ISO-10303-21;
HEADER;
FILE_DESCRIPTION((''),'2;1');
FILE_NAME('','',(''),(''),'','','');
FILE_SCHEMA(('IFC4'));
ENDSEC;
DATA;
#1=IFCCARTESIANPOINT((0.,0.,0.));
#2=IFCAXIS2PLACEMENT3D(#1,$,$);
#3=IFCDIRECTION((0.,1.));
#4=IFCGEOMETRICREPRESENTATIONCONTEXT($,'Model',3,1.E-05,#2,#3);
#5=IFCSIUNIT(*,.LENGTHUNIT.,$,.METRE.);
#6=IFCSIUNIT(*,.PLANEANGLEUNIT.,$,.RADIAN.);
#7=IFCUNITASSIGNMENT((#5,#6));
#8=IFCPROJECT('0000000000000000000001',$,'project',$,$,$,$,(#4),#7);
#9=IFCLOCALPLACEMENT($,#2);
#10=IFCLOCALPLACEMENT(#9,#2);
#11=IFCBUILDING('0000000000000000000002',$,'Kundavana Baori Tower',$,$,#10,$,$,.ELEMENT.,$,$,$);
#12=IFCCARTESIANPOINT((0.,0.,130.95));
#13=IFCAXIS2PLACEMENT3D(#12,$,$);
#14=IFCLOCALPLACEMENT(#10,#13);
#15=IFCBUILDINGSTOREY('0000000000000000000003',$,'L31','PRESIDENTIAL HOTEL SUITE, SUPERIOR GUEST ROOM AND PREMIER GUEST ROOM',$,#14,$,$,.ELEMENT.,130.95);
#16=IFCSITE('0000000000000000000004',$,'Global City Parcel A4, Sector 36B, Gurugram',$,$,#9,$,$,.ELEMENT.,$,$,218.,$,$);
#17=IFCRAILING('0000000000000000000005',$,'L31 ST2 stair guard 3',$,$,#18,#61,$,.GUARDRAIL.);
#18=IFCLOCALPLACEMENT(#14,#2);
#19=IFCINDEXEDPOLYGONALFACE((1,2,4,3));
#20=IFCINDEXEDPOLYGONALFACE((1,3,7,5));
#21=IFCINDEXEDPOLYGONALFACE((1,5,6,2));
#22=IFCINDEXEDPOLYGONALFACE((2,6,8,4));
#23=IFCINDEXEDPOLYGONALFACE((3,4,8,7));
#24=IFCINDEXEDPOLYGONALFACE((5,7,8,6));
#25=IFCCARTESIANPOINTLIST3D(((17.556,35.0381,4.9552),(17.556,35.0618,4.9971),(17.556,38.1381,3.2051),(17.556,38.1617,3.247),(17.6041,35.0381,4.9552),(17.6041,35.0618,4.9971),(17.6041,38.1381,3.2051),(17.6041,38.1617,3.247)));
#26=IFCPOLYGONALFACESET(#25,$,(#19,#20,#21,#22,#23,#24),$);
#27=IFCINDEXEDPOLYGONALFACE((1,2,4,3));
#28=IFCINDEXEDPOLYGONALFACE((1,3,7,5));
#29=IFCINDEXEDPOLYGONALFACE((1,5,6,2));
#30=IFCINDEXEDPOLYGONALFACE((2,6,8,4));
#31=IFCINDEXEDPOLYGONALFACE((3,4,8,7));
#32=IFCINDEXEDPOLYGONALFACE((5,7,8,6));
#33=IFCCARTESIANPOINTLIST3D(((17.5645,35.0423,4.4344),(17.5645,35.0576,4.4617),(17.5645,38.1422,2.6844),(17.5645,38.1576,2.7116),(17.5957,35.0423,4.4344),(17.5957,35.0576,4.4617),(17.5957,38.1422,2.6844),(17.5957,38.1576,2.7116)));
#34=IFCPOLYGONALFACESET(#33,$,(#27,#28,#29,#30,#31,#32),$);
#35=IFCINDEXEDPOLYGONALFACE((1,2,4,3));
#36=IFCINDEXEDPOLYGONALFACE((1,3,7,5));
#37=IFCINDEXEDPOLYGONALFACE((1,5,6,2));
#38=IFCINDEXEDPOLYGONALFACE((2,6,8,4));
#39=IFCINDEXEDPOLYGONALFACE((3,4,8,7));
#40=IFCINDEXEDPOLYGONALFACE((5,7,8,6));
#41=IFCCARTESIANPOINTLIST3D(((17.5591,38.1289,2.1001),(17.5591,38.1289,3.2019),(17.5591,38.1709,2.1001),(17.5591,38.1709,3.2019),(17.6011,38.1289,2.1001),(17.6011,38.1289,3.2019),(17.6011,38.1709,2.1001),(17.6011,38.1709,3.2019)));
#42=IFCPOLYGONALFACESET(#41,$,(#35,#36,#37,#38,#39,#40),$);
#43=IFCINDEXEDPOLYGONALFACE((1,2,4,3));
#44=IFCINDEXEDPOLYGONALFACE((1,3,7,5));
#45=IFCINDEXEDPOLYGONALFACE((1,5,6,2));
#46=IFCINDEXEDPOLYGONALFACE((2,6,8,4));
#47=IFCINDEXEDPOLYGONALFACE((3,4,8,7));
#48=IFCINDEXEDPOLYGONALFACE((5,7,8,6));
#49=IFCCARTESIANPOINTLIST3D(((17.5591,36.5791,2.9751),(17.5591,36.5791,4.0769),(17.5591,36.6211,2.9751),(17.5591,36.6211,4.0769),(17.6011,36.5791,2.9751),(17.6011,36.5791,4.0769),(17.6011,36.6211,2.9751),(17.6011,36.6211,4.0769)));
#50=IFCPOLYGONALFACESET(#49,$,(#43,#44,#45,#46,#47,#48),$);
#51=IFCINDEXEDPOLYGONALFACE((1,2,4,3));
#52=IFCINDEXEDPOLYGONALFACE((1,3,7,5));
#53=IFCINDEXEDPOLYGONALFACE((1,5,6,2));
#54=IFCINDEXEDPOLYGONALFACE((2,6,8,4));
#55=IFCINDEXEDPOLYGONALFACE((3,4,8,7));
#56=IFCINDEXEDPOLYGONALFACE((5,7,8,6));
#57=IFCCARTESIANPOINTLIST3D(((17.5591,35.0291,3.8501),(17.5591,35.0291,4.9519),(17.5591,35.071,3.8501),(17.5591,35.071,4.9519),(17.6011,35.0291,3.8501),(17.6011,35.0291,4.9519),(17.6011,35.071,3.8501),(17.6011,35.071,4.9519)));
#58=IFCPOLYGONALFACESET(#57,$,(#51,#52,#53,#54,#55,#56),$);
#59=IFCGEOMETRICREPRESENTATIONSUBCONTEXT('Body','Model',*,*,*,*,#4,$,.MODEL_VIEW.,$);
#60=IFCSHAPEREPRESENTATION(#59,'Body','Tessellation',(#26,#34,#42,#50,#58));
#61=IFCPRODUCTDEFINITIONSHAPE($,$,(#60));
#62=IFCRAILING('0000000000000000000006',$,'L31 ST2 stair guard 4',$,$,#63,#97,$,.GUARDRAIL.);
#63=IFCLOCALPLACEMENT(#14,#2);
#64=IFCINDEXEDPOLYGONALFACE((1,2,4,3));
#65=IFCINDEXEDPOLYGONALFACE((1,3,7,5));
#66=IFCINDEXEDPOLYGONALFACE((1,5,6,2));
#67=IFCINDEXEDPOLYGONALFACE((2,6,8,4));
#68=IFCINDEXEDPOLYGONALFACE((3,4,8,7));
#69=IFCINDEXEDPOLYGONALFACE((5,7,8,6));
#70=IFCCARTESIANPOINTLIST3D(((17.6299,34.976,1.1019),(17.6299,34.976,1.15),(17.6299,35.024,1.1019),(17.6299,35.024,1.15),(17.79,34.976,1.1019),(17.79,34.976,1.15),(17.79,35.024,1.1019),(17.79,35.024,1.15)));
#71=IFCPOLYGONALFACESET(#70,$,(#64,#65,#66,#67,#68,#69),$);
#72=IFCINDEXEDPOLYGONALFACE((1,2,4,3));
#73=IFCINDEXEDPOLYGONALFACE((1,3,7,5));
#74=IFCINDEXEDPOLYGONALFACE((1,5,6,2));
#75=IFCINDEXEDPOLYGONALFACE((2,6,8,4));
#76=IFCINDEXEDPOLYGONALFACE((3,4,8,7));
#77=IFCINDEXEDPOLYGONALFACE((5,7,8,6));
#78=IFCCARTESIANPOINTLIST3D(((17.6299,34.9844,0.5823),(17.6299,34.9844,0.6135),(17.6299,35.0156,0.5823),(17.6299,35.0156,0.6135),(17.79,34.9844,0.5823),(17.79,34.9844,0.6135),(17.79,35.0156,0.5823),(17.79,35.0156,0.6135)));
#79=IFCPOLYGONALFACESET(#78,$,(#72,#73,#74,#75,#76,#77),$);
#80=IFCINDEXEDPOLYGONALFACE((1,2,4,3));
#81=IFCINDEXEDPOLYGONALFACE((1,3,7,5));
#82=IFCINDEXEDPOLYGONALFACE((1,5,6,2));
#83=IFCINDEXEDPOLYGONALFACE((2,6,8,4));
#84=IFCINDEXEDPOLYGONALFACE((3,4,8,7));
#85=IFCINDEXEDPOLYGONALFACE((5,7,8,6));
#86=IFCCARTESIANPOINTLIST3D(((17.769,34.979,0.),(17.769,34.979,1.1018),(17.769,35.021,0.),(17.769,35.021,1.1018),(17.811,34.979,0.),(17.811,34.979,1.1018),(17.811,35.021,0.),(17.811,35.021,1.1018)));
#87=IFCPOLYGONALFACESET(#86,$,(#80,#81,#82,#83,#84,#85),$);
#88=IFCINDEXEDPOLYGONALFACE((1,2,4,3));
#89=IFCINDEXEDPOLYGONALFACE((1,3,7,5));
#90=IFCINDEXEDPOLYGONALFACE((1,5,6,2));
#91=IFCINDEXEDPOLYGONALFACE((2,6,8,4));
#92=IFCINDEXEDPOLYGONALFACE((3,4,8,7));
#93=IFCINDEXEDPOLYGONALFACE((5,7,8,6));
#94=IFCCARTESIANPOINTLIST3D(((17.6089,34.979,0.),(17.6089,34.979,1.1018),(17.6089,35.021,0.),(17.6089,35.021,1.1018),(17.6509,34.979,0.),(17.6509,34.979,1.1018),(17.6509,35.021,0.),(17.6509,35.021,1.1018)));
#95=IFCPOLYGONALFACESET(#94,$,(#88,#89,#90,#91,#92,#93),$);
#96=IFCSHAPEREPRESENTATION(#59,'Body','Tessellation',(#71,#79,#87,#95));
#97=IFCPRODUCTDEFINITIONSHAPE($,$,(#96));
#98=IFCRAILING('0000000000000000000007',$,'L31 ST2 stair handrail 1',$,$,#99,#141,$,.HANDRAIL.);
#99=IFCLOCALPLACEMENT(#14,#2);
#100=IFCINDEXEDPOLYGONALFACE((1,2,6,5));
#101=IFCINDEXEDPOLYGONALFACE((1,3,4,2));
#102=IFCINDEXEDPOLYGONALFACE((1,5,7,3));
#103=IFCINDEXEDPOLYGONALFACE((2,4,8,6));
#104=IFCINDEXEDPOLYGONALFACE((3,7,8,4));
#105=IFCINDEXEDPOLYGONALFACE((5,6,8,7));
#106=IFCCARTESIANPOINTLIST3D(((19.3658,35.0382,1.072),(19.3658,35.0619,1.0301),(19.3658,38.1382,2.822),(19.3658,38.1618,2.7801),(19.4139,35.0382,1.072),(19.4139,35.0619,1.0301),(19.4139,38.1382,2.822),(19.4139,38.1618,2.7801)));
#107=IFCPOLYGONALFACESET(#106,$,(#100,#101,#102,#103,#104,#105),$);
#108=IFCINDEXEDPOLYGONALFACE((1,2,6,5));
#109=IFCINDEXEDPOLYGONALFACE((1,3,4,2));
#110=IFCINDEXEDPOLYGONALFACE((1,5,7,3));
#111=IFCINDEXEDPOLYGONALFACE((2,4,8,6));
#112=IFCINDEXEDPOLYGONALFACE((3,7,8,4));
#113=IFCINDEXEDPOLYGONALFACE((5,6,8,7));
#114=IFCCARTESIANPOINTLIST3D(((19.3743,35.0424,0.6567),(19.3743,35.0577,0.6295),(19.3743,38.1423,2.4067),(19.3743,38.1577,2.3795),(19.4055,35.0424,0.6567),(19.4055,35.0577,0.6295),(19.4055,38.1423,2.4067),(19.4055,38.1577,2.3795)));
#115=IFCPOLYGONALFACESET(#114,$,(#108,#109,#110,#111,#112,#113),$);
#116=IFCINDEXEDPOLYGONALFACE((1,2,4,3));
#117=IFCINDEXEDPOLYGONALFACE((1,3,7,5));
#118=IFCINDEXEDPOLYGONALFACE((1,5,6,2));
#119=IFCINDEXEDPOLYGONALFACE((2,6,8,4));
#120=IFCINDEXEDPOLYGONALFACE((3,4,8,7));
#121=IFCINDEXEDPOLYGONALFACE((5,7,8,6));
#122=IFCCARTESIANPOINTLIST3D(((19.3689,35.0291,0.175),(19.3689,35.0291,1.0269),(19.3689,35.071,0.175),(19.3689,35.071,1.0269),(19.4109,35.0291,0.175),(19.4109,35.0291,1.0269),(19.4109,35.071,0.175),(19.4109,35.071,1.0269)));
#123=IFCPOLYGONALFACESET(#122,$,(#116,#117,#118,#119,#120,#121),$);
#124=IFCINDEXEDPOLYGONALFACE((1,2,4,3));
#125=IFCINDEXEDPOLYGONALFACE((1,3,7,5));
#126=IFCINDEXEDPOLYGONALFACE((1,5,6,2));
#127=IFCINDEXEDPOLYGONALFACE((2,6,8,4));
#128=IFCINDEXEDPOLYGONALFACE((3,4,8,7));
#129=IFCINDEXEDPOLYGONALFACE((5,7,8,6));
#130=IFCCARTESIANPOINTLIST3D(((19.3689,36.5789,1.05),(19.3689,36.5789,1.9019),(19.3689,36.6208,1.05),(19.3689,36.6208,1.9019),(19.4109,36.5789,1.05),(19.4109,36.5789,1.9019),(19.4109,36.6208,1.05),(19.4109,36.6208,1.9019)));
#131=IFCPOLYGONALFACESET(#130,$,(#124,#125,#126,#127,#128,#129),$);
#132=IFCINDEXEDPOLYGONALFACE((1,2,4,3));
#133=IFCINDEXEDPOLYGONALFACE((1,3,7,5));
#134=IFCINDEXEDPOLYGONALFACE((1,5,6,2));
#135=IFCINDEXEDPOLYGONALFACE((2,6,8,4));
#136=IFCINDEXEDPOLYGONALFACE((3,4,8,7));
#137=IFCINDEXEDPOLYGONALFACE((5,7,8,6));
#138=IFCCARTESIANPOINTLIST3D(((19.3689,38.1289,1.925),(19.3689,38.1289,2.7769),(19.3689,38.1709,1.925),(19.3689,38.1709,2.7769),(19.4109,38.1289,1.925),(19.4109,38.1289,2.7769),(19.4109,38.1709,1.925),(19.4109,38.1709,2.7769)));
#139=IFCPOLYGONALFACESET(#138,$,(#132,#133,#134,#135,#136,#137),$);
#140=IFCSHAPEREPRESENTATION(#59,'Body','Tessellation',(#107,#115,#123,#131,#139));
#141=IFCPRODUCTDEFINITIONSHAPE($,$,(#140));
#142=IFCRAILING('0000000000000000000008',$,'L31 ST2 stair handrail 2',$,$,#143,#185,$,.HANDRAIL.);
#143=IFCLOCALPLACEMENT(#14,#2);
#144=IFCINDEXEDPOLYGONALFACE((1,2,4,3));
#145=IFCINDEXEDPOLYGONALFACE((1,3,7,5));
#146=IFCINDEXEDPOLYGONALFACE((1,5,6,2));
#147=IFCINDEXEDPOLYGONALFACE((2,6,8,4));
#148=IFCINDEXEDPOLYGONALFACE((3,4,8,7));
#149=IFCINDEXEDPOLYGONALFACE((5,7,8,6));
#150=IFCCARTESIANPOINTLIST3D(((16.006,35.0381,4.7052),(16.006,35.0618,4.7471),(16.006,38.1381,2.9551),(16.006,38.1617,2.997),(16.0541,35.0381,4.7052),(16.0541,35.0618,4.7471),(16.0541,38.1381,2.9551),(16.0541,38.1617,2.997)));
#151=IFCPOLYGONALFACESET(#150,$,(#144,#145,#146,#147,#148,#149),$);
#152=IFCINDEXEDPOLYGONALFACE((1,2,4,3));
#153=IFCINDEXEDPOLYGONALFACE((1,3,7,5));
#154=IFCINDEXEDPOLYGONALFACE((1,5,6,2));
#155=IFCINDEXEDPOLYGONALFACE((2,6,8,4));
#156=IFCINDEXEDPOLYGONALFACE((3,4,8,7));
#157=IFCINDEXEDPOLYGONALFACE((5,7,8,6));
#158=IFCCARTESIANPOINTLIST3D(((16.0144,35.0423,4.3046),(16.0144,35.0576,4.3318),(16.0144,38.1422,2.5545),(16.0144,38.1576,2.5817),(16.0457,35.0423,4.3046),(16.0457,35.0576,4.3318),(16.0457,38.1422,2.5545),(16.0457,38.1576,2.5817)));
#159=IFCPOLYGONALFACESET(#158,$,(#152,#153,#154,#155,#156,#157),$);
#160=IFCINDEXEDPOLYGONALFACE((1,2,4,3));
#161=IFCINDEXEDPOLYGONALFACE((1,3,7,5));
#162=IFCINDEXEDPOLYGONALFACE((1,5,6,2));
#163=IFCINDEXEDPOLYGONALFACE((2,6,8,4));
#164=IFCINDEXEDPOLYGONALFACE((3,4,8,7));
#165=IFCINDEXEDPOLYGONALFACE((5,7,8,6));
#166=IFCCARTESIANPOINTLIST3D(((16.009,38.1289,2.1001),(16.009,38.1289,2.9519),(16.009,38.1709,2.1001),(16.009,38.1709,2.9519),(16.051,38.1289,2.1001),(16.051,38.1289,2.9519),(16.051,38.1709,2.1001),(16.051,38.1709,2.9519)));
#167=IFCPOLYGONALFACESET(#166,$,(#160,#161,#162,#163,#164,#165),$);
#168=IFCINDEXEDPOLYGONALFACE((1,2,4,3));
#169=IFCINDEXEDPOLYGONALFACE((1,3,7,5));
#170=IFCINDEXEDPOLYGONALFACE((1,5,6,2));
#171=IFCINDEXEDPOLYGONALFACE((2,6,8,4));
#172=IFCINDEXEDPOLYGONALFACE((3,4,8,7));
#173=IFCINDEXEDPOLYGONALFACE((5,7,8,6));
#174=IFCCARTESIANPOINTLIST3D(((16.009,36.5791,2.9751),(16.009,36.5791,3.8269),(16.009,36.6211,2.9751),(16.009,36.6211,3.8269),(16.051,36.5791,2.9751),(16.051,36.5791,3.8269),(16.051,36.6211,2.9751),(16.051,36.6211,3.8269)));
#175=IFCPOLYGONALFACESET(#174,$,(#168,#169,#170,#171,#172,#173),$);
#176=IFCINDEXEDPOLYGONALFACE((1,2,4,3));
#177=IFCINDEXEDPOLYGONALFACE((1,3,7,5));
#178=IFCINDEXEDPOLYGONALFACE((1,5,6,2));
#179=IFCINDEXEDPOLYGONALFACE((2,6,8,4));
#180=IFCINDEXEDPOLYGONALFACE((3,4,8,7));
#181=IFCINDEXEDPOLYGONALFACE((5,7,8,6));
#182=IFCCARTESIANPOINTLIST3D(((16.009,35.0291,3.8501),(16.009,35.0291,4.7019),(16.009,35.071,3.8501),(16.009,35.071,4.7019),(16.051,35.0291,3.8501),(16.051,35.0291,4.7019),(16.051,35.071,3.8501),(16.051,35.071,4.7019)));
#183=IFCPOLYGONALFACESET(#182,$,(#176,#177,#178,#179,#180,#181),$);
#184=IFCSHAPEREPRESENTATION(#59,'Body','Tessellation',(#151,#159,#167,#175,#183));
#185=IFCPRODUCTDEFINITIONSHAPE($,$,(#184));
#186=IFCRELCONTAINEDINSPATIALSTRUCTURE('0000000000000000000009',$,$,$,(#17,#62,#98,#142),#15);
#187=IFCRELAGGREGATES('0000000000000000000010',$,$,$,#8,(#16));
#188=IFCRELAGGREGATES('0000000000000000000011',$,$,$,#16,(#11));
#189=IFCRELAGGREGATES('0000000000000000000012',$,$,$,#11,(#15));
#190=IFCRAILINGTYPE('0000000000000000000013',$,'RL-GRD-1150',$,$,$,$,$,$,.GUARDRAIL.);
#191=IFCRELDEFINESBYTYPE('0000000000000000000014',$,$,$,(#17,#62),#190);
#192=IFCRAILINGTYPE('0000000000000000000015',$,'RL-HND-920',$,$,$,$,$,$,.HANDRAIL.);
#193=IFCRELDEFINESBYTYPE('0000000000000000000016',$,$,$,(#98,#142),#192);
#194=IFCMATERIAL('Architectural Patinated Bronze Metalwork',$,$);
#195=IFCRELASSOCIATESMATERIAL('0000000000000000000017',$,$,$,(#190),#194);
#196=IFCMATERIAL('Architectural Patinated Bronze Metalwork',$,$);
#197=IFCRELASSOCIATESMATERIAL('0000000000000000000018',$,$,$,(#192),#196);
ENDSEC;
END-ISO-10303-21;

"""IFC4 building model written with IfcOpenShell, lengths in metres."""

from ifc_helpers import new_model, si_unit, direction, frame, origin, origin_2d, place, context, subcontext, project, spatial, rectangle, extrude, material, type_object, element, save


model = new_model("IFC4")

# Units and contexts
model_context = context("Model", 3, precision=1e-05, world=origin(), true_north=direction((0.0, 1.0)))
body_context = subcontext(model_context, "Body", "Model", "MODEL_VIEW")
ifc_project = project(units=[si_unit("LENGTHUNIT", "METRE"), si_unit("PLANEANGLEUNIT", "RADIAN")], contexts=[model_context])

# Site, building, storey
site_placement = place(None, origin())
site = spatial("IfcSite", under=ifc_project, at=site_placement, Name="Global City Parcel A4, Sector 36B, Gurugram", CompositionType="ELEMENT", RefElevation=218.0)
building_placement = place(site_placement, origin())
building = spatial("IfcBuilding", under=site, at=building_placement, Name="Kundavana Baori Tower", CompositionType="ELEMENT")
storey_placement = place(building_placement, frame((0.0, 0.0, 130.95)))
storey = spatial("IfcBuildingStorey", under=building, at=storey_placement, Name="L31", Description="PRESIDENTIAL HOTEL SUITE, SUPERIOR GUEST ROOM AND PREMIER GUEST ROOM", CompositionType="ELEMENT", Elevation=130.95)

# Railings
ifc_material_1 = material(Name="Architectural Patinated Bronze Metalwork")
railing_type_1 = type_object("IfcRailingType", Name="RL-GRD-1150", PredefinedType="GUARDRAIL", material=ifc_material_1)
railing_1_placement = place(storey_placement, frame((17.5801, 38.1499, 2.1001)))
element("IfcRailing", 1, at=railing_1_placement, inside=storey, type_object=railing_type_1, Name="L31 ST2 stair guard 3", PredefinedType="GUARDRAIL", context=body_context, shape_type="SweptSolid", body=[
    extrude(rectangle(XDim=0.0481, YDim=0.0481, at=origin_2d()), frame((0.0, 0.0, 1.126), z_axis=(0.0, -0.870814, 0.491612), x_axis=(1.0, 0.0, 0.0)), (0.0, 0.0, 1.0), 3.5598),
    extrude(rectangle(XDim=0.0312, YDim=0.0312, at=origin_2d()), frame((0.0, 0.0, 0.5979), z_axis=(0.0, -0.870814, 0.491612), x_axis=(1.0, 0.0, 0.0)), (0.0, 0.0, 1.0), 3.5598),
    extrude(rectangle(XDim=0.042, YDim=0.042, at=origin_2d()), origin(), (0.0, 0.0, 1.0), 1.1018),
    extrude(rectangle(XDim=0.042, YDim=0.042, at=origin_2d()), frame((0.0, -1.5498, 0.875)), (0.0, 0.0, 1.0), 1.1018),
    extrude(rectangle(XDim=0.042, YDim=0.042, at=origin_2d()), frame((0.0, -3.0999, 1.75)), (0.0, 0.0, 1.0), 1.1018),
])
railing_2_placement = place(storey_placement, frame((17.79, 35.0, 0.0)))
element("IfcRailing", 2, at=railing_2_placement, inside=storey, type_object=railing_type_1, Name="L31 ST2 stair guard 4", PredefinedType="GUARDRAIL", context=body_context, shape_type="SweptSolid", body=[
    extrude(rectangle(XDim=0.0481, YDim=0.0481, at=origin_2d()), frame((0.0, 0.0, 1.126), z_axis=(-1.0, 0.0, 0.0), x_axis=(0.0, -1.0, 0.0)), (0.0, 0.0, 1.0), 0.1602),
    extrude(rectangle(XDim=0.0312, YDim=0.0312, at=origin_2d()), frame((0.0, 0.0, 0.5979), z_axis=(-1.0, 0.0, 0.0), x_axis=(0.0, -1.0, 0.0)), (0.0, 0.0, 1.0), 0.1602),
    extrude(rectangle(XDim=0.042, YDim=0.042, at=origin_2d()), origin(), (0.0, 0.0, 1.0), 1.1018),
    extrude(rectangle(XDim=0.042, YDim=0.042, at=origin_2d()), frame((-0.1602, 0.0, 0.0)), (0.0, 0.0, 1.0), 1.1018),
])
ifc_material_2 = material(Name="Architectural Patinated Bronze Metalwork")
railing_type_2 = type_object("IfcRailingType", Name="RL-HND-920", PredefinedType="HANDRAIL", material=ifc_material_2)
railing_3_placement = place(storey_placement, frame((19.3899, 35.05, 0.175)))
element("IfcRailing", 3, at=railing_3_placement, inside=storey, type_object=railing_type_2, Name="L31 ST2 stair handrail 1", PredefinedType="HANDRAIL", context=body_context, shape_type="SweptSolid", body=[
    extrude(rectangle(XDim=0.0481, YDim=0.0481, at=origin_2d()), frame((0.0, 0.0, 0.876), z_axis=(0.0, 0.870814, 0.491612), x_axis=(-1.0, 0.0, 0.0)), (0.0, 0.0, 1.0), 3.5598),
    extrude(rectangle(XDim=0.0312, YDim=0.0312, at=origin_2d()), frame((0.0, 0.0, 0.468), z_axis=(0.0, 0.870814, 0.491612), x_axis=(-1.0, 0.0, 0.0)), (0.0, 0.0, 1.0), 3.5598),
    extrude(rectangle(XDim=0.042, YDim=0.042, at=origin_2d()), origin(), (0.0, 0.0, 1.0), 0.8518),
    extrude(rectangle(XDim=0.042, YDim=0.042, at=origin_2d()), frame((0.0, 1.5498, 0.875)), (0.0, 0.0, 1.0), 0.8518),
    extrude(rectangle(XDim=0.042, YDim=0.042, at=origin_2d()), frame((0.0, 3.0999, 1.75)), (0.0, 0.0, 1.0), 0.8518),
])
railing_4_placement = place(storey_placement, frame((16.03, 38.1499, 2.1001)))
element("IfcRailing", 4, at=railing_4_placement, inside=storey, type_object=railing_type_2, Name="L31 ST2 stair handrail 2", PredefinedType="HANDRAIL", context=body_context, shape_type="SweptSolid", body=[
    extrude(rectangle(XDim=0.0481, YDim=0.0481, at=origin_2d()), frame((0.0, 0.0, 0.876), z_axis=(0.0, -0.870814, 0.491612), x_axis=(1.0, 0.0, 0.0)), (0.0, 0.0, 1.0), 3.5598),
    extrude(rectangle(XDim=0.0312, YDim=0.0312, at=origin_2d()), frame((0.0, 0.0, 0.468), z_axis=(0.0, -0.870814, 0.491612), x_axis=(1.0, 0.0, 0.0)), (0.0, 0.0, 1.0), 3.5598),
    extrude(rectangle(XDim=0.042, YDim=0.042, at=origin_2d()), origin(), (0.0, 0.0, 1.0), 0.8518),
    extrude(rectangle(XDim=0.042, YDim=0.042, at=origin_2d()), frame((0.0, -1.5498, 0.875)), (0.0, 0.0, 1.0), 0.8518),
    extrude(rectangle(XDim=0.042, YDim=0.042, at=origin_2d()), frame((0.0, -3.0999, 1.75)), (0.0, 0.0, 1.0), 0.8518),
])

save(model, "model.ifc")
